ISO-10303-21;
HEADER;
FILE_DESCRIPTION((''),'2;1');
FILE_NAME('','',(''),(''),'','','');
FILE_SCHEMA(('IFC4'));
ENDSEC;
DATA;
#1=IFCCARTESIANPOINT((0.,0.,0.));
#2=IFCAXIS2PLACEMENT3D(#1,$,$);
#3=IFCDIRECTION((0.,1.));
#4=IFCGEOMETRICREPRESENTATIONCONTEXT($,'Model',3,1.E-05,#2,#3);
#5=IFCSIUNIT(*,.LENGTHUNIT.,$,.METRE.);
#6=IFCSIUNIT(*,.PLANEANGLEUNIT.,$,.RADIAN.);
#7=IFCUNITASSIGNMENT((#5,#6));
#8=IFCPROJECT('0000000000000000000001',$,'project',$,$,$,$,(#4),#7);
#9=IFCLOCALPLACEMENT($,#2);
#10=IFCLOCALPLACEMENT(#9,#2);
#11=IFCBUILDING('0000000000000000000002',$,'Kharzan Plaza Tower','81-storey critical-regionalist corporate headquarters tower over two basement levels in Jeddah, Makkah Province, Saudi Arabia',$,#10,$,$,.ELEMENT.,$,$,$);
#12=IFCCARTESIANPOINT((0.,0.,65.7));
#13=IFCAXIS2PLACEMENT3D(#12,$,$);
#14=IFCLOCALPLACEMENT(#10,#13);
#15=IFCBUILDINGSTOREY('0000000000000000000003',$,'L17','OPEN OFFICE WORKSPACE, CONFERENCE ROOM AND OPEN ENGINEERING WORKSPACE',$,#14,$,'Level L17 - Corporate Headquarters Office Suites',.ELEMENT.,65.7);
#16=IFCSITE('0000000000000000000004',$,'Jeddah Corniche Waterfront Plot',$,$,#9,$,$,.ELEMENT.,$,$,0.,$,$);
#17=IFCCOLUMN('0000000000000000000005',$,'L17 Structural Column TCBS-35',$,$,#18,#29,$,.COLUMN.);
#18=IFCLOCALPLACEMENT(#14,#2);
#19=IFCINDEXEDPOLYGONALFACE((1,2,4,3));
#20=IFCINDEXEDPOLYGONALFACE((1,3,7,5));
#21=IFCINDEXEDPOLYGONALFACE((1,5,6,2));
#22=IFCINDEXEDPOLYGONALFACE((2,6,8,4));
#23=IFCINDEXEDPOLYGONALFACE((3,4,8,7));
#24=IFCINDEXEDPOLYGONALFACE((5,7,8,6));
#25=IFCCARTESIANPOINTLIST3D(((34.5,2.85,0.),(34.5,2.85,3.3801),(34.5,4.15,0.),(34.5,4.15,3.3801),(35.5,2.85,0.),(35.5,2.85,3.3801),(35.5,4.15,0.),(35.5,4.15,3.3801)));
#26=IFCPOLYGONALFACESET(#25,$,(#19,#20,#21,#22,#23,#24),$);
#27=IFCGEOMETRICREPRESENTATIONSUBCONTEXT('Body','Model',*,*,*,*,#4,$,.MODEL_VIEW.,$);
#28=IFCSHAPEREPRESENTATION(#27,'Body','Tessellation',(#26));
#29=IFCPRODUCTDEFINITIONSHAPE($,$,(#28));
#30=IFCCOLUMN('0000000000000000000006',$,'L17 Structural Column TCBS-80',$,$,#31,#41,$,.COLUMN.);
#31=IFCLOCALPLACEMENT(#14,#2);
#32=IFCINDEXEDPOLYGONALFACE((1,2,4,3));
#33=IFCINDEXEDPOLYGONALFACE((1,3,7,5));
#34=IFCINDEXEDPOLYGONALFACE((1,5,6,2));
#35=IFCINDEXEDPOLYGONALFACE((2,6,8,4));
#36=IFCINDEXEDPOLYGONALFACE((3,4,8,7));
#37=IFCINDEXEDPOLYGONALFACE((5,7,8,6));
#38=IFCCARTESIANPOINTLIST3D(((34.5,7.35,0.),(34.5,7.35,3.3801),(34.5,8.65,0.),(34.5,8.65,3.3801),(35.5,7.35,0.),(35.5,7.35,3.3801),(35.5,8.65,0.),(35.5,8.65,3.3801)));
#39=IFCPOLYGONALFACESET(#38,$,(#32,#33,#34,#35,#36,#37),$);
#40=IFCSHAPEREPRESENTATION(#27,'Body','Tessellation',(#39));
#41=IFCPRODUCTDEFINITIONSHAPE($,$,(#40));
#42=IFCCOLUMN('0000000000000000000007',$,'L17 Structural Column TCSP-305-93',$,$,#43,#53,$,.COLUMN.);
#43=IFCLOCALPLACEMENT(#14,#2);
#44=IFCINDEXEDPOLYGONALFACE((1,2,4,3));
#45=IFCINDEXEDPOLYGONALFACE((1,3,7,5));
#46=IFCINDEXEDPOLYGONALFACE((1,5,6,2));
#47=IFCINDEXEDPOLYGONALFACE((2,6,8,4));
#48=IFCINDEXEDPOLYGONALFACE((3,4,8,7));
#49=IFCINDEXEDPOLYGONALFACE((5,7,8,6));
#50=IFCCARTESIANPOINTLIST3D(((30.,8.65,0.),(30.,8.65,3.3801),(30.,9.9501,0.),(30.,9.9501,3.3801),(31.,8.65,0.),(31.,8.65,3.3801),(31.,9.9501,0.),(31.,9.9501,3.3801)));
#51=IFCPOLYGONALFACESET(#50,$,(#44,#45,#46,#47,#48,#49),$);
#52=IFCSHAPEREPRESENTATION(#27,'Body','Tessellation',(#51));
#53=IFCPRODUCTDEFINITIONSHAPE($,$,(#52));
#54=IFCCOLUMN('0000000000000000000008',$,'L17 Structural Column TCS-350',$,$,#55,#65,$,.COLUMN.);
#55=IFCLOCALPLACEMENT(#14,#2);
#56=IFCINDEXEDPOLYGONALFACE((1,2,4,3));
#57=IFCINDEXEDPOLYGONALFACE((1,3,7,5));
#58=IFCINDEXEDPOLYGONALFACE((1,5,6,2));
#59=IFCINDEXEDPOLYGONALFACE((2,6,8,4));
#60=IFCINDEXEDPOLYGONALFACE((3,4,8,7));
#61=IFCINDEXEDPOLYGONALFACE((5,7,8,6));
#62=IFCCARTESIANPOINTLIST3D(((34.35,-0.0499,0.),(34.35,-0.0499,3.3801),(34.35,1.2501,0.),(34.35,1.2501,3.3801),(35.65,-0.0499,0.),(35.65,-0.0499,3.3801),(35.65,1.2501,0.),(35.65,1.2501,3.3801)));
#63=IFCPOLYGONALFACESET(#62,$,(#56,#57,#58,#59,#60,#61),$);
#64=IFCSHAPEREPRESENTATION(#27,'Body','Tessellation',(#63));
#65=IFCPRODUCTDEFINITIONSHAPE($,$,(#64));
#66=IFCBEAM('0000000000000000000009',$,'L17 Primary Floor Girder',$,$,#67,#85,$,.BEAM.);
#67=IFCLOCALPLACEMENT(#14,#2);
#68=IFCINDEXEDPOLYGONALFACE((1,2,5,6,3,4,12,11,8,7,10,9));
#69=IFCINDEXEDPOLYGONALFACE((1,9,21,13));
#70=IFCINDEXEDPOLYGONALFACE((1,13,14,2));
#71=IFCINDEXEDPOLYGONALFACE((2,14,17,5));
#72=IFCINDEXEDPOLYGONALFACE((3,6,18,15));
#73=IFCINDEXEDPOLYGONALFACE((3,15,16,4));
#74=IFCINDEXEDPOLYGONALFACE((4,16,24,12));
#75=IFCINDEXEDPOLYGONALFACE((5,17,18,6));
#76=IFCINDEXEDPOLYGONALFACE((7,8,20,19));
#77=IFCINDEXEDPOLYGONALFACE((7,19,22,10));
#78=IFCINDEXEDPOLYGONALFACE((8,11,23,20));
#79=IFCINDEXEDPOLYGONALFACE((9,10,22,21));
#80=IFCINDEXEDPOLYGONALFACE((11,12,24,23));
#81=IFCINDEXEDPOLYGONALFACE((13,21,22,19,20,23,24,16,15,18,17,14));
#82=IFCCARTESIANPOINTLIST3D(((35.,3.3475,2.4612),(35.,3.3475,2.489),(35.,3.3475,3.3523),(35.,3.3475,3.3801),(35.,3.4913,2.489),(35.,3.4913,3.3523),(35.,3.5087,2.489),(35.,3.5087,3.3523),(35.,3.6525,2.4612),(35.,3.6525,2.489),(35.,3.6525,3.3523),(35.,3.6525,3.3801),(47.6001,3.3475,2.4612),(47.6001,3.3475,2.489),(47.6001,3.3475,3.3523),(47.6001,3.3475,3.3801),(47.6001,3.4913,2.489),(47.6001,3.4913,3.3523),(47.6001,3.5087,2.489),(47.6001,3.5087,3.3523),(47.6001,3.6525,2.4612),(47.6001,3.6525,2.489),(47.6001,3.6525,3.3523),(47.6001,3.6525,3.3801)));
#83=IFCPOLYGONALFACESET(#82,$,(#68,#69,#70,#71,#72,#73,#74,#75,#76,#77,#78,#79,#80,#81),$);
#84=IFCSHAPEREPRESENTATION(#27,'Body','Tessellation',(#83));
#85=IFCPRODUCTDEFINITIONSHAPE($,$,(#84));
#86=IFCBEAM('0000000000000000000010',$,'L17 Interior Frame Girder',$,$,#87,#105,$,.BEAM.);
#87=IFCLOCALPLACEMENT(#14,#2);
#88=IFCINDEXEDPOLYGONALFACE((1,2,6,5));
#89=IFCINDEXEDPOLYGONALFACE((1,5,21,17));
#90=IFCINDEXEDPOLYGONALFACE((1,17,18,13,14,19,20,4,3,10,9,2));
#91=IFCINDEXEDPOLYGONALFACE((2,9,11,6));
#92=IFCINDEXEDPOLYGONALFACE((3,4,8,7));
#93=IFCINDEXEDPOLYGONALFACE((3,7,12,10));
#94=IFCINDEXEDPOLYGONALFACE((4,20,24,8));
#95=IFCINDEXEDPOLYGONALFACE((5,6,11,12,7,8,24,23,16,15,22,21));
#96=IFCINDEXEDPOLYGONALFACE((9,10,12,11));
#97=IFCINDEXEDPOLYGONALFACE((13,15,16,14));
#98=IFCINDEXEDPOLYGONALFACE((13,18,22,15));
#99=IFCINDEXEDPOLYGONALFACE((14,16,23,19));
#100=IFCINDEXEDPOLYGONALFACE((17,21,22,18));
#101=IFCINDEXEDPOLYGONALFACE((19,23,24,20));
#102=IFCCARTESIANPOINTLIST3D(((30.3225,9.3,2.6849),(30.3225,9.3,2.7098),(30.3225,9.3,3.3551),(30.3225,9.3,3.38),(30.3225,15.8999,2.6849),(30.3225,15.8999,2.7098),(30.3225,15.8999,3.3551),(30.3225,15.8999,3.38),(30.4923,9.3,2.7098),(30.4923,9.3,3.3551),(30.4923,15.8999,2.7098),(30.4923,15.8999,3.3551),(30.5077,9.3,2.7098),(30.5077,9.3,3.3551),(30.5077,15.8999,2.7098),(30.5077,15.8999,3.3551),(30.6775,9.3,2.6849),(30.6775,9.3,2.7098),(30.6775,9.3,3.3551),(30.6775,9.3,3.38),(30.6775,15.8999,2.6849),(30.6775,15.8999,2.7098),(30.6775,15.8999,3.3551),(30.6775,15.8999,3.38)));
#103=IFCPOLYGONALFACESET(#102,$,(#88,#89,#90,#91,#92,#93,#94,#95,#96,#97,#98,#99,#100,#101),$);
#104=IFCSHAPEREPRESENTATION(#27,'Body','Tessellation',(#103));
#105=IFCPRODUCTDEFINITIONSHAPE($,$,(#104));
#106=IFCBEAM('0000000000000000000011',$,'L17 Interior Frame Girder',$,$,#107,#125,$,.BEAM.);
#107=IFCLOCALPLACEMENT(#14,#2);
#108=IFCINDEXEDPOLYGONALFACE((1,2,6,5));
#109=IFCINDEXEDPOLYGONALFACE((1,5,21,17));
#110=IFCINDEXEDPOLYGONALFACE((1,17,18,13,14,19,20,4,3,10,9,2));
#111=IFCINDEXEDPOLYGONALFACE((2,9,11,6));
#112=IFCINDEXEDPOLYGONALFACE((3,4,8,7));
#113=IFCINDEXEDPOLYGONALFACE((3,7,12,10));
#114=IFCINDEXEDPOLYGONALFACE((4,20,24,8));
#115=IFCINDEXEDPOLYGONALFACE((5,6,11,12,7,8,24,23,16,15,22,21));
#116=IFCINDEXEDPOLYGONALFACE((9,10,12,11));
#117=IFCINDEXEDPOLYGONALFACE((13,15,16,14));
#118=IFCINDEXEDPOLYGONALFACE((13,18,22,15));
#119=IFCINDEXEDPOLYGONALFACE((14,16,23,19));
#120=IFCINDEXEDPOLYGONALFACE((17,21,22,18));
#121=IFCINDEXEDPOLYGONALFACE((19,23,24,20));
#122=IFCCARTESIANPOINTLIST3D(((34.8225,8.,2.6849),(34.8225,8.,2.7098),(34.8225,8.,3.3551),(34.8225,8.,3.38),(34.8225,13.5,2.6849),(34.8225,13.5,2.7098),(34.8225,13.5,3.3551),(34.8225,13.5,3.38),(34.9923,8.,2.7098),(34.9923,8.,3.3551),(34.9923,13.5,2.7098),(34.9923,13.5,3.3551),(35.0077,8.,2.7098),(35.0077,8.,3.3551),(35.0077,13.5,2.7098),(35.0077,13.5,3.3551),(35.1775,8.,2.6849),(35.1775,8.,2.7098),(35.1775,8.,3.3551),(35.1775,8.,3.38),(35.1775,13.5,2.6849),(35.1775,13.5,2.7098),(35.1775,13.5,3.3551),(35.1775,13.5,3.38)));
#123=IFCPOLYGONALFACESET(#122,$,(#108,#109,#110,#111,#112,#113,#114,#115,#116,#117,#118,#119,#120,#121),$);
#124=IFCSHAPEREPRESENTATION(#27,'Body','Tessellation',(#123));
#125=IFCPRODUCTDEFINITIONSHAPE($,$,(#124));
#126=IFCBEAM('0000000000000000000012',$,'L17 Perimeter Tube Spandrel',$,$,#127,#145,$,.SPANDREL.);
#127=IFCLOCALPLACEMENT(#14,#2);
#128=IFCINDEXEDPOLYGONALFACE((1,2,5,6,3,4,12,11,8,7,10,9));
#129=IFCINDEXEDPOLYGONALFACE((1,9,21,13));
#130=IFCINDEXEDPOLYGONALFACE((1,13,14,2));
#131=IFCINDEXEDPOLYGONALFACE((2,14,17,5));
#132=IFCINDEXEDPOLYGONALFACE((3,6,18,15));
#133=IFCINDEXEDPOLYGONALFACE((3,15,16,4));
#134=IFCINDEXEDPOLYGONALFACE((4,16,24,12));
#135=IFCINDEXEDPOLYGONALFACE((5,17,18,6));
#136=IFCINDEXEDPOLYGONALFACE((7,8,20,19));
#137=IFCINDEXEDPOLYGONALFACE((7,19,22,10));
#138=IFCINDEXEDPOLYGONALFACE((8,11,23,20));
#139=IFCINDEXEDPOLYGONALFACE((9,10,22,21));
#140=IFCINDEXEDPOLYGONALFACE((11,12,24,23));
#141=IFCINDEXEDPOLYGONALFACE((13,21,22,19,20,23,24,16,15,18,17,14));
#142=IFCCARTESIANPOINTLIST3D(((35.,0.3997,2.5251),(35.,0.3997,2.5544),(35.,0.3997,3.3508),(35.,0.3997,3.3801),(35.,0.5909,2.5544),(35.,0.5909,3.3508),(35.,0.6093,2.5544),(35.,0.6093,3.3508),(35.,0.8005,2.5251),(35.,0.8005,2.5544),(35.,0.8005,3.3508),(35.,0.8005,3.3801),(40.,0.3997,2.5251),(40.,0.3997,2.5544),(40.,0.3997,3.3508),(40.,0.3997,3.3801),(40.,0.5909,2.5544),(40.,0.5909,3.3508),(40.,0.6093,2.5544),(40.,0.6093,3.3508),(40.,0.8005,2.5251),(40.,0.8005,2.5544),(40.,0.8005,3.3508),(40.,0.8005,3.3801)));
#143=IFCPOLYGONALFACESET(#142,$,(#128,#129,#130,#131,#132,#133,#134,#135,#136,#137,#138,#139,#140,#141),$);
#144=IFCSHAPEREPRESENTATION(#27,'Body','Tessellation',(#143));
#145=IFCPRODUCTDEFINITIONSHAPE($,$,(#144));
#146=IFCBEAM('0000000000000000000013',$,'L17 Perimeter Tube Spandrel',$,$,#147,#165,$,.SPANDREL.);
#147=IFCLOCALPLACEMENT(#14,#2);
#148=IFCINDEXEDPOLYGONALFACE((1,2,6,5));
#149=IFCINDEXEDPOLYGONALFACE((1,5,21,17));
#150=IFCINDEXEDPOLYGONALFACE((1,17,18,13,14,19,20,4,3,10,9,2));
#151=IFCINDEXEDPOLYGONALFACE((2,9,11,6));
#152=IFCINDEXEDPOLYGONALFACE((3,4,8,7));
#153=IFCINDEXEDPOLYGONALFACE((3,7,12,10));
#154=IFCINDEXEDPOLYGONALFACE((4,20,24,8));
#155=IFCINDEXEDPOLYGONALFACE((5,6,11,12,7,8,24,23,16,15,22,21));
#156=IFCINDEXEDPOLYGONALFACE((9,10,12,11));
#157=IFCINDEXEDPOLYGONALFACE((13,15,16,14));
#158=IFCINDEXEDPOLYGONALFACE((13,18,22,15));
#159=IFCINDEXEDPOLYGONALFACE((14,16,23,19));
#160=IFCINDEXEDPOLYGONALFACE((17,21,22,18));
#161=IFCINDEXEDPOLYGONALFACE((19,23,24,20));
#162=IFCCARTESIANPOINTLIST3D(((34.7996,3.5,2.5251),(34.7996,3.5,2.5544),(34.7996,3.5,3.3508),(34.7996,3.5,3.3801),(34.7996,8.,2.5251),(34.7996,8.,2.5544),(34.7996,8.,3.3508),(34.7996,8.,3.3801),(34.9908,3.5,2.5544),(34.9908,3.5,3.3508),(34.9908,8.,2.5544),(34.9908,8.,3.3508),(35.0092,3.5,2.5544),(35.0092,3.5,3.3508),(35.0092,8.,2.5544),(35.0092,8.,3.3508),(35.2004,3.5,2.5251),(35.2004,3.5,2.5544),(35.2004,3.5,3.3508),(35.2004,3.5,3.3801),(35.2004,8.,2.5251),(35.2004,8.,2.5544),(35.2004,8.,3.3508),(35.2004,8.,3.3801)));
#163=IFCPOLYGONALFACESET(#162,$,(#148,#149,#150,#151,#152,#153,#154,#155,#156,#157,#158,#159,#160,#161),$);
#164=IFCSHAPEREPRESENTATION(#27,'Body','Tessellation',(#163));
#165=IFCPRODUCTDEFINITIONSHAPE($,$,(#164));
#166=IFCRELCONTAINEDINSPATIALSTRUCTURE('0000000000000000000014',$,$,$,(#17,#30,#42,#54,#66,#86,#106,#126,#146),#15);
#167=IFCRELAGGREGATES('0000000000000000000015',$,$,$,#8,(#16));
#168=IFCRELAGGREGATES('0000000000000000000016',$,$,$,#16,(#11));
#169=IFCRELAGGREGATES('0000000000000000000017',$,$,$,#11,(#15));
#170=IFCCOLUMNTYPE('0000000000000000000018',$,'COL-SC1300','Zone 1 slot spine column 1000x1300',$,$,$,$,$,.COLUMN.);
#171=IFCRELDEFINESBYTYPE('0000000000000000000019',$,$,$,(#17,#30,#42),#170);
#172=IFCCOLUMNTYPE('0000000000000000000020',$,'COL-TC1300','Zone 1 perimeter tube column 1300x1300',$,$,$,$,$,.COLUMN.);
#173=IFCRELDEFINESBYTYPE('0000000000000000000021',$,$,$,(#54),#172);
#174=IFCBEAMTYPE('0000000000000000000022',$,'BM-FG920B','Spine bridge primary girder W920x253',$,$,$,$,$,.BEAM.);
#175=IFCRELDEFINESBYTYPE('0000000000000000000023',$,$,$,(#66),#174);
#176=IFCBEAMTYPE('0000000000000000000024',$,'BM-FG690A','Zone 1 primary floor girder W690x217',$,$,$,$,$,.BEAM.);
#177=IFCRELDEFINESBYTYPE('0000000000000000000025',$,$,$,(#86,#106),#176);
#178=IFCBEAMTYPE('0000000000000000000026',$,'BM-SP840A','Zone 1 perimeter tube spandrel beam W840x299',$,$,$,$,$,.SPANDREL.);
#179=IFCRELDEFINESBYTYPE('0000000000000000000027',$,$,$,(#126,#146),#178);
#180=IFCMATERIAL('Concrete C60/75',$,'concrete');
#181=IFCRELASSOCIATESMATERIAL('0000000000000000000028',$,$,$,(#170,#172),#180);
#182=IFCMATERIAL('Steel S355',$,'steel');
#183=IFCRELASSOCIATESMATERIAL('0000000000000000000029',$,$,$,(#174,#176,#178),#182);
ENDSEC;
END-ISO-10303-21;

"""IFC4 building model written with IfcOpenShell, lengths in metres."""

from ifc_helpers import new_model, si_unit, direction, frame, origin, origin_2d, place, context, subcontext, project, spatial, rectangle, i_section, extrude, source, transform, mapped, material, material_profile, profile_set, type_object, element, save


model = new_model("IFC4")

# Units and contexts
model_context = context("Model", 3, precision=1e-05, world=origin(), true_north=direction((0.0, 1.0)))
body_context = subcontext(model_context, "Body", "Model", "MODEL_VIEW")
ifc_project = project(units=[si_unit("LENGTHUNIT", "METRE"), si_unit("PLANEANGLEUNIT", "RADIAN")], contexts=[model_context])

# Site, building, storey
site_placement = place(None, origin())
site = spatial("IfcSite", under=ifc_project, at=site_placement, Name="Jeddah Corniche Waterfront Plot", CompositionType="ELEMENT", RefElevation=0.0)
building_placement = place(site_placement, origin())
building = spatial("IfcBuilding", under=site, at=building_placement, Name="Kharzan Plaza Tower", Description="81-storey critical-regionalist corporate headquarters tower over two basement levels in Jeddah, Makkah Province, Saudi Arabia", CompositionType="ELEMENT")
storey_placement = place(building_placement, frame((0.0, 0.0, 65.7)))
storey = spatial("IfcBuildingStorey", under=building, at=storey_placement, Name="L17", Description="OPEN OFFICE WORKSPACE, CONFERENCE ROOM AND OPEN ENGINEERING WORKSPACE", LongName="Level L17 - Corporate Headquarters Office Suites", CompositionType="ELEMENT", Elevation=65.7)

# Columns
ifc_material_1 = material(Name="Concrete C60/75", Category="concrete")
ifc_material_profile_1 = material_profile(ifc_material_1, rectangle(XDim=1.0, YDim=1.3, at=origin_2d()), Name="RC-SC1300x1000")
ifc_profile_set_1 = profile_set([ifc_material_profile_1], Name="Concrete C60/75")
column_type_1 = type_object("IfcColumnType", Name="COL-SC1300", Description="Zone 1 slot spine column 1000x1300", PredefinedType="COLUMN", material=ifc_profile_set_1)
shared_shape_1 = source(origin(), body_context, "Body", "SweptSolid", [
    extrude(rectangle(XDim=1.0, YDim=1.3, at=origin_2d()), origin(), (0.0, 0.0, 1.0), 3.3801),
])
for number, where, z_axis, x_axis, name in (
    (1, (35.0, 3.5, 0.0), (0.0, 0.0, 1.0), (1.0, 0.0, 0.0), "L17 Structural Column TCBS-35"),
    (2, (35.0, 8.0, 0.0), (0.0, 0.0, 1.0), (1.0, 0.0, 0.0), "L17 Structural Column TCBS-80"),
    (3, (30.5, 9.3, 0.0), (0.0, 0.0, 1.0), (1.0, 0.0, 0.0), "L17 Structural Column TCSP-305-93"),
):
    element("IfcColumn", number, at=place(storey_placement, frame(where, z_axis=z_axis, x_axis=x_axis)), inside=storey, type_object=column_type_1, Name=name, PredefinedType="COLUMN", context=body_context, shape_type="MappedRepresentation", body=[
        mapped(shared_shape_1, transform((0.0, 0.0, 0.0), x_axis=(1.0, 0.0, 0.0), y_axis=(0.0, 1.0, 0.0), z_axis=(0.0, 0.0, 1.0))),
    ])
ifc_material_profile_2 = material_profile(ifc_material_1, rectangle(XDim=1.3, YDim=1.3, at=origin_2d()), Name="RC-TC1300x1300")
ifc_profile_set_2 = profile_set([ifc_material_profile_2], Name="Concrete C60/75")
column_type_2 = type_object("IfcColumnType", Name="COL-TC1300", Description="Zone 1 perimeter tube column 1300x1300", PredefinedType="COLUMN", material=ifc_profile_set_2)
shared_shape_2 = source(origin(), body_context, "Body", "SweptSolid", [
    extrude(rectangle(XDim=1.3, YDim=1.3, at=origin_2d()), origin(), (0.0, 0.0, 1.0), 3.3801),
])
column_placement = place(storey_placement, frame((35.0, 0.6001, 0.0), z_axis=(0.0, 0.0, 1.0), x_axis=(1.0, 0.0, 0.0)))
element("IfcColumn", 4, at=column_placement, inside=storey, type_object=column_type_2, Name="L17 Structural Column TCS-350", PredefinedType="COLUMN", context=body_context, shape_type="MappedRepresentation", body=[
    mapped(shared_shape_2, transform((0.0, 0.0, 0.0), x_axis=(1.0, 0.0, 0.0), y_axis=(0.0, 1.0, 0.0), z_axis=(0.0, 0.0, 1.0))),
])

# Beams
ifc_material_2 = material(Name="Steel S355", Category="steel")
ifc_material_profile_3 = material_profile(ifc_material_2, i_section(OverallWidth=0.3049, OverallDepth=0.9189, WebThickness=0.0173, FlangeThickness=0.0278, at=origin_2d()), Name="W920x253")
ifc_profile_set_3 = profile_set([ifc_material_profile_3], Name="Steel S355")
beam_type_1 = type_object("IfcBeamType", Name="BM-FG920B", Description="Spine bridge primary girder W920x253", PredefinedType="BEAM", material=ifc_profile_set_3)
shared_shape_3 = source(origin(), body_context, "Body", "SweptSolid", [
    extrude(i_section(OverallWidth=0.3049, OverallDepth=0.9189, WebThickness=0.0173, FlangeThickness=0.0278, at=origin_2d()), origin(), (0.0, 0.0, 1.0), 12.6001),
])
beam_1_placement = place(storey_placement, frame((35.0, 3.5, 2.9207), z_axis=(1.0, 0.0, 0.0), x_axis=(0.0, 1.0, 0.0)))
element("IfcBeam", 5, at=beam_1_placement, inside=storey, type_object=beam_type_1, Name="L17 Primary Floor Girder", PredefinedType="BEAM", context=body_context, shape_type="MappedRepresentation", body=[
    mapped(shared_shape_3, transform((0.0, 0.0, 0.0), x_axis=(1.0, 0.0, 0.0), y_axis=(0.0, 1.0, 0.0), z_axis=(0.0, 0.0, 1.0))),
])
ifc_material_profile_4 = material_profile(ifc_material_2, i_section(OverallWidth=0.355, OverallDepth=0.6951, WebThickness=0.0154, FlangeThickness=0.0249, at=origin_2d()), Name="W690x217")
ifc_profile_set_4 = profile_set([ifc_material_profile_4], Name="Steel S355")
beam_type_2 = type_object("IfcBeamType", Name="BM-FG690A", Description="Zone 1 primary floor girder W690x217", PredefinedType="BEAM", material=ifc_profile_set_4)
shared_shape_4 = source(origin(), body_context, "Body", "SweptSolid", [
    extrude(i_section(OverallWidth=0.355, OverallDepth=0.6951, WebThickness=0.0154, FlangeThickness=0.0249, at=origin_2d()), origin(), (0.0, 0.0, 1.0), 6.5999),
])
beam_2_placement = place(storey_placement, frame((30.5, 9.3, 3.0325), z_axis=(0.0, 1.0, 0.0), x_axis=(-1.0, 0.0, 0.0)))
element("IfcBeam", 6, at=beam_2_placement, inside=storey, type_object=beam_type_2, Name="L17 Interior Frame Girder", PredefinedType="BEAM", context=body_context, shape_type="MappedRepresentation", body=[
    mapped(shared_shape_4, transform((0.0, 0.0, 0.0), x_axis=(1.0, 0.0, 0.0), y_axis=(0.0, 1.0, 0.0), z_axis=(0.0, 0.0, 1.0))),
])
shared_shape_5 = source(origin(), body_context, "Body", "SweptSolid", [
    extrude(i_section(OverallWidth=0.355, OverallDepth=0.6951, WebThickness=0.0154, FlangeThickness=0.0249, at=origin_2d()), origin(), (0.0, 0.0, 1.0), 5.5),
])
beam_3_placement = place(storey_placement, frame((35.0, 8.0, 3.0325), z_axis=(0.0, 1.0, 0.0), x_axis=(-1.0, 0.0, 0.0)))
element("IfcBeam", 7, at=beam_3_placement, inside=storey, type_object=beam_type_2, Name="L17 Interior Frame Girder", PredefinedType="BEAM", context=body_context, shape_type="MappedRepresentation", body=[
    mapped(shared_shape_5, transform((0.0, 0.0, 0.0), x_axis=(1.0, 0.0, 0.0), y_axis=(0.0, 1.0, 0.0), z_axis=(0.0, 0.0, 1.0))),
])
ifc_material_profile_5 = material_profile(ifc_material_2, i_section(OverallWidth=0.4009, OverallDepth=0.855, WebThickness=0.0183, FlangeThickness=0.0293, at=origin_2d()), Name="W840x299")
ifc_profile_set_5 = profile_set([ifc_material_profile_5], Name="Steel S355")
beam_type_3 = type_object("IfcBeamType", Name="BM-SP840A", Description="Zone 1 perimeter tube spandrel beam W840x299", PredefinedType="SPANDREL", material=ifc_profile_set_5)
shared_shape_6 = source(origin(), body_context, "Body", "SweptSolid", [
    extrude(i_section(OverallWidth=0.4009, OverallDepth=0.855, WebThickness=0.0183, FlangeThickness=0.0293, at=origin_2d()), origin(), (0.0, 0.0, 1.0), 5.0),
])
beam_4_placement = place(storey_placement, frame((35.0, 0.6001, 2.9526), z_axis=(1.0, 0.0, 0.0), x_axis=(0.0, 1.0, 0.0)))
element("IfcBeam", 8, at=beam_4_placement, inside=storey, type_object=beam_type_3, Name="L17 Perimeter Tube Spandrel", PredefinedType="SPANDREL", context=body_context, shape_type="MappedRepresentation", body=[
    mapped(shared_shape_6, transform((0.0, 0.0, 0.0), x_axis=(1.0, 0.0, 0.0), y_axis=(0.0, 1.0, 0.0), z_axis=(0.0, 0.0, 1.0))),
])
shared_shape_7 = source(origin(), body_context, "Body", "SweptSolid", [
    extrude(i_section(OverallWidth=0.4009, OverallDepth=0.855, WebThickness=0.0183, FlangeThickness=0.0293, at=origin_2d()), origin(), (0.0, 0.0, 1.0), 4.5),
])
beam_5_placement = place(storey_placement, frame((35.0, 3.5, 2.9526), z_axis=(0.0, 1.0, 0.0), x_axis=(-1.0, 0.0, 0.0)))
element("IfcBeam", 9, at=beam_5_placement, inside=storey, type_object=beam_type_3, Name="L17 Perimeter Tube Spandrel", PredefinedType="SPANDREL", context=body_context, shape_type="MappedRepresentation", body=[
    mapped(shared_shape_7, transform((0.0, 0.0, 0.0), x_axis=(1.0, 0.0, 0.0), y_axis=(0.0, 1.0, 0.0), z_axis=(0.0, 0.0, 1.0))),
])

save(model, "model.ifc")
